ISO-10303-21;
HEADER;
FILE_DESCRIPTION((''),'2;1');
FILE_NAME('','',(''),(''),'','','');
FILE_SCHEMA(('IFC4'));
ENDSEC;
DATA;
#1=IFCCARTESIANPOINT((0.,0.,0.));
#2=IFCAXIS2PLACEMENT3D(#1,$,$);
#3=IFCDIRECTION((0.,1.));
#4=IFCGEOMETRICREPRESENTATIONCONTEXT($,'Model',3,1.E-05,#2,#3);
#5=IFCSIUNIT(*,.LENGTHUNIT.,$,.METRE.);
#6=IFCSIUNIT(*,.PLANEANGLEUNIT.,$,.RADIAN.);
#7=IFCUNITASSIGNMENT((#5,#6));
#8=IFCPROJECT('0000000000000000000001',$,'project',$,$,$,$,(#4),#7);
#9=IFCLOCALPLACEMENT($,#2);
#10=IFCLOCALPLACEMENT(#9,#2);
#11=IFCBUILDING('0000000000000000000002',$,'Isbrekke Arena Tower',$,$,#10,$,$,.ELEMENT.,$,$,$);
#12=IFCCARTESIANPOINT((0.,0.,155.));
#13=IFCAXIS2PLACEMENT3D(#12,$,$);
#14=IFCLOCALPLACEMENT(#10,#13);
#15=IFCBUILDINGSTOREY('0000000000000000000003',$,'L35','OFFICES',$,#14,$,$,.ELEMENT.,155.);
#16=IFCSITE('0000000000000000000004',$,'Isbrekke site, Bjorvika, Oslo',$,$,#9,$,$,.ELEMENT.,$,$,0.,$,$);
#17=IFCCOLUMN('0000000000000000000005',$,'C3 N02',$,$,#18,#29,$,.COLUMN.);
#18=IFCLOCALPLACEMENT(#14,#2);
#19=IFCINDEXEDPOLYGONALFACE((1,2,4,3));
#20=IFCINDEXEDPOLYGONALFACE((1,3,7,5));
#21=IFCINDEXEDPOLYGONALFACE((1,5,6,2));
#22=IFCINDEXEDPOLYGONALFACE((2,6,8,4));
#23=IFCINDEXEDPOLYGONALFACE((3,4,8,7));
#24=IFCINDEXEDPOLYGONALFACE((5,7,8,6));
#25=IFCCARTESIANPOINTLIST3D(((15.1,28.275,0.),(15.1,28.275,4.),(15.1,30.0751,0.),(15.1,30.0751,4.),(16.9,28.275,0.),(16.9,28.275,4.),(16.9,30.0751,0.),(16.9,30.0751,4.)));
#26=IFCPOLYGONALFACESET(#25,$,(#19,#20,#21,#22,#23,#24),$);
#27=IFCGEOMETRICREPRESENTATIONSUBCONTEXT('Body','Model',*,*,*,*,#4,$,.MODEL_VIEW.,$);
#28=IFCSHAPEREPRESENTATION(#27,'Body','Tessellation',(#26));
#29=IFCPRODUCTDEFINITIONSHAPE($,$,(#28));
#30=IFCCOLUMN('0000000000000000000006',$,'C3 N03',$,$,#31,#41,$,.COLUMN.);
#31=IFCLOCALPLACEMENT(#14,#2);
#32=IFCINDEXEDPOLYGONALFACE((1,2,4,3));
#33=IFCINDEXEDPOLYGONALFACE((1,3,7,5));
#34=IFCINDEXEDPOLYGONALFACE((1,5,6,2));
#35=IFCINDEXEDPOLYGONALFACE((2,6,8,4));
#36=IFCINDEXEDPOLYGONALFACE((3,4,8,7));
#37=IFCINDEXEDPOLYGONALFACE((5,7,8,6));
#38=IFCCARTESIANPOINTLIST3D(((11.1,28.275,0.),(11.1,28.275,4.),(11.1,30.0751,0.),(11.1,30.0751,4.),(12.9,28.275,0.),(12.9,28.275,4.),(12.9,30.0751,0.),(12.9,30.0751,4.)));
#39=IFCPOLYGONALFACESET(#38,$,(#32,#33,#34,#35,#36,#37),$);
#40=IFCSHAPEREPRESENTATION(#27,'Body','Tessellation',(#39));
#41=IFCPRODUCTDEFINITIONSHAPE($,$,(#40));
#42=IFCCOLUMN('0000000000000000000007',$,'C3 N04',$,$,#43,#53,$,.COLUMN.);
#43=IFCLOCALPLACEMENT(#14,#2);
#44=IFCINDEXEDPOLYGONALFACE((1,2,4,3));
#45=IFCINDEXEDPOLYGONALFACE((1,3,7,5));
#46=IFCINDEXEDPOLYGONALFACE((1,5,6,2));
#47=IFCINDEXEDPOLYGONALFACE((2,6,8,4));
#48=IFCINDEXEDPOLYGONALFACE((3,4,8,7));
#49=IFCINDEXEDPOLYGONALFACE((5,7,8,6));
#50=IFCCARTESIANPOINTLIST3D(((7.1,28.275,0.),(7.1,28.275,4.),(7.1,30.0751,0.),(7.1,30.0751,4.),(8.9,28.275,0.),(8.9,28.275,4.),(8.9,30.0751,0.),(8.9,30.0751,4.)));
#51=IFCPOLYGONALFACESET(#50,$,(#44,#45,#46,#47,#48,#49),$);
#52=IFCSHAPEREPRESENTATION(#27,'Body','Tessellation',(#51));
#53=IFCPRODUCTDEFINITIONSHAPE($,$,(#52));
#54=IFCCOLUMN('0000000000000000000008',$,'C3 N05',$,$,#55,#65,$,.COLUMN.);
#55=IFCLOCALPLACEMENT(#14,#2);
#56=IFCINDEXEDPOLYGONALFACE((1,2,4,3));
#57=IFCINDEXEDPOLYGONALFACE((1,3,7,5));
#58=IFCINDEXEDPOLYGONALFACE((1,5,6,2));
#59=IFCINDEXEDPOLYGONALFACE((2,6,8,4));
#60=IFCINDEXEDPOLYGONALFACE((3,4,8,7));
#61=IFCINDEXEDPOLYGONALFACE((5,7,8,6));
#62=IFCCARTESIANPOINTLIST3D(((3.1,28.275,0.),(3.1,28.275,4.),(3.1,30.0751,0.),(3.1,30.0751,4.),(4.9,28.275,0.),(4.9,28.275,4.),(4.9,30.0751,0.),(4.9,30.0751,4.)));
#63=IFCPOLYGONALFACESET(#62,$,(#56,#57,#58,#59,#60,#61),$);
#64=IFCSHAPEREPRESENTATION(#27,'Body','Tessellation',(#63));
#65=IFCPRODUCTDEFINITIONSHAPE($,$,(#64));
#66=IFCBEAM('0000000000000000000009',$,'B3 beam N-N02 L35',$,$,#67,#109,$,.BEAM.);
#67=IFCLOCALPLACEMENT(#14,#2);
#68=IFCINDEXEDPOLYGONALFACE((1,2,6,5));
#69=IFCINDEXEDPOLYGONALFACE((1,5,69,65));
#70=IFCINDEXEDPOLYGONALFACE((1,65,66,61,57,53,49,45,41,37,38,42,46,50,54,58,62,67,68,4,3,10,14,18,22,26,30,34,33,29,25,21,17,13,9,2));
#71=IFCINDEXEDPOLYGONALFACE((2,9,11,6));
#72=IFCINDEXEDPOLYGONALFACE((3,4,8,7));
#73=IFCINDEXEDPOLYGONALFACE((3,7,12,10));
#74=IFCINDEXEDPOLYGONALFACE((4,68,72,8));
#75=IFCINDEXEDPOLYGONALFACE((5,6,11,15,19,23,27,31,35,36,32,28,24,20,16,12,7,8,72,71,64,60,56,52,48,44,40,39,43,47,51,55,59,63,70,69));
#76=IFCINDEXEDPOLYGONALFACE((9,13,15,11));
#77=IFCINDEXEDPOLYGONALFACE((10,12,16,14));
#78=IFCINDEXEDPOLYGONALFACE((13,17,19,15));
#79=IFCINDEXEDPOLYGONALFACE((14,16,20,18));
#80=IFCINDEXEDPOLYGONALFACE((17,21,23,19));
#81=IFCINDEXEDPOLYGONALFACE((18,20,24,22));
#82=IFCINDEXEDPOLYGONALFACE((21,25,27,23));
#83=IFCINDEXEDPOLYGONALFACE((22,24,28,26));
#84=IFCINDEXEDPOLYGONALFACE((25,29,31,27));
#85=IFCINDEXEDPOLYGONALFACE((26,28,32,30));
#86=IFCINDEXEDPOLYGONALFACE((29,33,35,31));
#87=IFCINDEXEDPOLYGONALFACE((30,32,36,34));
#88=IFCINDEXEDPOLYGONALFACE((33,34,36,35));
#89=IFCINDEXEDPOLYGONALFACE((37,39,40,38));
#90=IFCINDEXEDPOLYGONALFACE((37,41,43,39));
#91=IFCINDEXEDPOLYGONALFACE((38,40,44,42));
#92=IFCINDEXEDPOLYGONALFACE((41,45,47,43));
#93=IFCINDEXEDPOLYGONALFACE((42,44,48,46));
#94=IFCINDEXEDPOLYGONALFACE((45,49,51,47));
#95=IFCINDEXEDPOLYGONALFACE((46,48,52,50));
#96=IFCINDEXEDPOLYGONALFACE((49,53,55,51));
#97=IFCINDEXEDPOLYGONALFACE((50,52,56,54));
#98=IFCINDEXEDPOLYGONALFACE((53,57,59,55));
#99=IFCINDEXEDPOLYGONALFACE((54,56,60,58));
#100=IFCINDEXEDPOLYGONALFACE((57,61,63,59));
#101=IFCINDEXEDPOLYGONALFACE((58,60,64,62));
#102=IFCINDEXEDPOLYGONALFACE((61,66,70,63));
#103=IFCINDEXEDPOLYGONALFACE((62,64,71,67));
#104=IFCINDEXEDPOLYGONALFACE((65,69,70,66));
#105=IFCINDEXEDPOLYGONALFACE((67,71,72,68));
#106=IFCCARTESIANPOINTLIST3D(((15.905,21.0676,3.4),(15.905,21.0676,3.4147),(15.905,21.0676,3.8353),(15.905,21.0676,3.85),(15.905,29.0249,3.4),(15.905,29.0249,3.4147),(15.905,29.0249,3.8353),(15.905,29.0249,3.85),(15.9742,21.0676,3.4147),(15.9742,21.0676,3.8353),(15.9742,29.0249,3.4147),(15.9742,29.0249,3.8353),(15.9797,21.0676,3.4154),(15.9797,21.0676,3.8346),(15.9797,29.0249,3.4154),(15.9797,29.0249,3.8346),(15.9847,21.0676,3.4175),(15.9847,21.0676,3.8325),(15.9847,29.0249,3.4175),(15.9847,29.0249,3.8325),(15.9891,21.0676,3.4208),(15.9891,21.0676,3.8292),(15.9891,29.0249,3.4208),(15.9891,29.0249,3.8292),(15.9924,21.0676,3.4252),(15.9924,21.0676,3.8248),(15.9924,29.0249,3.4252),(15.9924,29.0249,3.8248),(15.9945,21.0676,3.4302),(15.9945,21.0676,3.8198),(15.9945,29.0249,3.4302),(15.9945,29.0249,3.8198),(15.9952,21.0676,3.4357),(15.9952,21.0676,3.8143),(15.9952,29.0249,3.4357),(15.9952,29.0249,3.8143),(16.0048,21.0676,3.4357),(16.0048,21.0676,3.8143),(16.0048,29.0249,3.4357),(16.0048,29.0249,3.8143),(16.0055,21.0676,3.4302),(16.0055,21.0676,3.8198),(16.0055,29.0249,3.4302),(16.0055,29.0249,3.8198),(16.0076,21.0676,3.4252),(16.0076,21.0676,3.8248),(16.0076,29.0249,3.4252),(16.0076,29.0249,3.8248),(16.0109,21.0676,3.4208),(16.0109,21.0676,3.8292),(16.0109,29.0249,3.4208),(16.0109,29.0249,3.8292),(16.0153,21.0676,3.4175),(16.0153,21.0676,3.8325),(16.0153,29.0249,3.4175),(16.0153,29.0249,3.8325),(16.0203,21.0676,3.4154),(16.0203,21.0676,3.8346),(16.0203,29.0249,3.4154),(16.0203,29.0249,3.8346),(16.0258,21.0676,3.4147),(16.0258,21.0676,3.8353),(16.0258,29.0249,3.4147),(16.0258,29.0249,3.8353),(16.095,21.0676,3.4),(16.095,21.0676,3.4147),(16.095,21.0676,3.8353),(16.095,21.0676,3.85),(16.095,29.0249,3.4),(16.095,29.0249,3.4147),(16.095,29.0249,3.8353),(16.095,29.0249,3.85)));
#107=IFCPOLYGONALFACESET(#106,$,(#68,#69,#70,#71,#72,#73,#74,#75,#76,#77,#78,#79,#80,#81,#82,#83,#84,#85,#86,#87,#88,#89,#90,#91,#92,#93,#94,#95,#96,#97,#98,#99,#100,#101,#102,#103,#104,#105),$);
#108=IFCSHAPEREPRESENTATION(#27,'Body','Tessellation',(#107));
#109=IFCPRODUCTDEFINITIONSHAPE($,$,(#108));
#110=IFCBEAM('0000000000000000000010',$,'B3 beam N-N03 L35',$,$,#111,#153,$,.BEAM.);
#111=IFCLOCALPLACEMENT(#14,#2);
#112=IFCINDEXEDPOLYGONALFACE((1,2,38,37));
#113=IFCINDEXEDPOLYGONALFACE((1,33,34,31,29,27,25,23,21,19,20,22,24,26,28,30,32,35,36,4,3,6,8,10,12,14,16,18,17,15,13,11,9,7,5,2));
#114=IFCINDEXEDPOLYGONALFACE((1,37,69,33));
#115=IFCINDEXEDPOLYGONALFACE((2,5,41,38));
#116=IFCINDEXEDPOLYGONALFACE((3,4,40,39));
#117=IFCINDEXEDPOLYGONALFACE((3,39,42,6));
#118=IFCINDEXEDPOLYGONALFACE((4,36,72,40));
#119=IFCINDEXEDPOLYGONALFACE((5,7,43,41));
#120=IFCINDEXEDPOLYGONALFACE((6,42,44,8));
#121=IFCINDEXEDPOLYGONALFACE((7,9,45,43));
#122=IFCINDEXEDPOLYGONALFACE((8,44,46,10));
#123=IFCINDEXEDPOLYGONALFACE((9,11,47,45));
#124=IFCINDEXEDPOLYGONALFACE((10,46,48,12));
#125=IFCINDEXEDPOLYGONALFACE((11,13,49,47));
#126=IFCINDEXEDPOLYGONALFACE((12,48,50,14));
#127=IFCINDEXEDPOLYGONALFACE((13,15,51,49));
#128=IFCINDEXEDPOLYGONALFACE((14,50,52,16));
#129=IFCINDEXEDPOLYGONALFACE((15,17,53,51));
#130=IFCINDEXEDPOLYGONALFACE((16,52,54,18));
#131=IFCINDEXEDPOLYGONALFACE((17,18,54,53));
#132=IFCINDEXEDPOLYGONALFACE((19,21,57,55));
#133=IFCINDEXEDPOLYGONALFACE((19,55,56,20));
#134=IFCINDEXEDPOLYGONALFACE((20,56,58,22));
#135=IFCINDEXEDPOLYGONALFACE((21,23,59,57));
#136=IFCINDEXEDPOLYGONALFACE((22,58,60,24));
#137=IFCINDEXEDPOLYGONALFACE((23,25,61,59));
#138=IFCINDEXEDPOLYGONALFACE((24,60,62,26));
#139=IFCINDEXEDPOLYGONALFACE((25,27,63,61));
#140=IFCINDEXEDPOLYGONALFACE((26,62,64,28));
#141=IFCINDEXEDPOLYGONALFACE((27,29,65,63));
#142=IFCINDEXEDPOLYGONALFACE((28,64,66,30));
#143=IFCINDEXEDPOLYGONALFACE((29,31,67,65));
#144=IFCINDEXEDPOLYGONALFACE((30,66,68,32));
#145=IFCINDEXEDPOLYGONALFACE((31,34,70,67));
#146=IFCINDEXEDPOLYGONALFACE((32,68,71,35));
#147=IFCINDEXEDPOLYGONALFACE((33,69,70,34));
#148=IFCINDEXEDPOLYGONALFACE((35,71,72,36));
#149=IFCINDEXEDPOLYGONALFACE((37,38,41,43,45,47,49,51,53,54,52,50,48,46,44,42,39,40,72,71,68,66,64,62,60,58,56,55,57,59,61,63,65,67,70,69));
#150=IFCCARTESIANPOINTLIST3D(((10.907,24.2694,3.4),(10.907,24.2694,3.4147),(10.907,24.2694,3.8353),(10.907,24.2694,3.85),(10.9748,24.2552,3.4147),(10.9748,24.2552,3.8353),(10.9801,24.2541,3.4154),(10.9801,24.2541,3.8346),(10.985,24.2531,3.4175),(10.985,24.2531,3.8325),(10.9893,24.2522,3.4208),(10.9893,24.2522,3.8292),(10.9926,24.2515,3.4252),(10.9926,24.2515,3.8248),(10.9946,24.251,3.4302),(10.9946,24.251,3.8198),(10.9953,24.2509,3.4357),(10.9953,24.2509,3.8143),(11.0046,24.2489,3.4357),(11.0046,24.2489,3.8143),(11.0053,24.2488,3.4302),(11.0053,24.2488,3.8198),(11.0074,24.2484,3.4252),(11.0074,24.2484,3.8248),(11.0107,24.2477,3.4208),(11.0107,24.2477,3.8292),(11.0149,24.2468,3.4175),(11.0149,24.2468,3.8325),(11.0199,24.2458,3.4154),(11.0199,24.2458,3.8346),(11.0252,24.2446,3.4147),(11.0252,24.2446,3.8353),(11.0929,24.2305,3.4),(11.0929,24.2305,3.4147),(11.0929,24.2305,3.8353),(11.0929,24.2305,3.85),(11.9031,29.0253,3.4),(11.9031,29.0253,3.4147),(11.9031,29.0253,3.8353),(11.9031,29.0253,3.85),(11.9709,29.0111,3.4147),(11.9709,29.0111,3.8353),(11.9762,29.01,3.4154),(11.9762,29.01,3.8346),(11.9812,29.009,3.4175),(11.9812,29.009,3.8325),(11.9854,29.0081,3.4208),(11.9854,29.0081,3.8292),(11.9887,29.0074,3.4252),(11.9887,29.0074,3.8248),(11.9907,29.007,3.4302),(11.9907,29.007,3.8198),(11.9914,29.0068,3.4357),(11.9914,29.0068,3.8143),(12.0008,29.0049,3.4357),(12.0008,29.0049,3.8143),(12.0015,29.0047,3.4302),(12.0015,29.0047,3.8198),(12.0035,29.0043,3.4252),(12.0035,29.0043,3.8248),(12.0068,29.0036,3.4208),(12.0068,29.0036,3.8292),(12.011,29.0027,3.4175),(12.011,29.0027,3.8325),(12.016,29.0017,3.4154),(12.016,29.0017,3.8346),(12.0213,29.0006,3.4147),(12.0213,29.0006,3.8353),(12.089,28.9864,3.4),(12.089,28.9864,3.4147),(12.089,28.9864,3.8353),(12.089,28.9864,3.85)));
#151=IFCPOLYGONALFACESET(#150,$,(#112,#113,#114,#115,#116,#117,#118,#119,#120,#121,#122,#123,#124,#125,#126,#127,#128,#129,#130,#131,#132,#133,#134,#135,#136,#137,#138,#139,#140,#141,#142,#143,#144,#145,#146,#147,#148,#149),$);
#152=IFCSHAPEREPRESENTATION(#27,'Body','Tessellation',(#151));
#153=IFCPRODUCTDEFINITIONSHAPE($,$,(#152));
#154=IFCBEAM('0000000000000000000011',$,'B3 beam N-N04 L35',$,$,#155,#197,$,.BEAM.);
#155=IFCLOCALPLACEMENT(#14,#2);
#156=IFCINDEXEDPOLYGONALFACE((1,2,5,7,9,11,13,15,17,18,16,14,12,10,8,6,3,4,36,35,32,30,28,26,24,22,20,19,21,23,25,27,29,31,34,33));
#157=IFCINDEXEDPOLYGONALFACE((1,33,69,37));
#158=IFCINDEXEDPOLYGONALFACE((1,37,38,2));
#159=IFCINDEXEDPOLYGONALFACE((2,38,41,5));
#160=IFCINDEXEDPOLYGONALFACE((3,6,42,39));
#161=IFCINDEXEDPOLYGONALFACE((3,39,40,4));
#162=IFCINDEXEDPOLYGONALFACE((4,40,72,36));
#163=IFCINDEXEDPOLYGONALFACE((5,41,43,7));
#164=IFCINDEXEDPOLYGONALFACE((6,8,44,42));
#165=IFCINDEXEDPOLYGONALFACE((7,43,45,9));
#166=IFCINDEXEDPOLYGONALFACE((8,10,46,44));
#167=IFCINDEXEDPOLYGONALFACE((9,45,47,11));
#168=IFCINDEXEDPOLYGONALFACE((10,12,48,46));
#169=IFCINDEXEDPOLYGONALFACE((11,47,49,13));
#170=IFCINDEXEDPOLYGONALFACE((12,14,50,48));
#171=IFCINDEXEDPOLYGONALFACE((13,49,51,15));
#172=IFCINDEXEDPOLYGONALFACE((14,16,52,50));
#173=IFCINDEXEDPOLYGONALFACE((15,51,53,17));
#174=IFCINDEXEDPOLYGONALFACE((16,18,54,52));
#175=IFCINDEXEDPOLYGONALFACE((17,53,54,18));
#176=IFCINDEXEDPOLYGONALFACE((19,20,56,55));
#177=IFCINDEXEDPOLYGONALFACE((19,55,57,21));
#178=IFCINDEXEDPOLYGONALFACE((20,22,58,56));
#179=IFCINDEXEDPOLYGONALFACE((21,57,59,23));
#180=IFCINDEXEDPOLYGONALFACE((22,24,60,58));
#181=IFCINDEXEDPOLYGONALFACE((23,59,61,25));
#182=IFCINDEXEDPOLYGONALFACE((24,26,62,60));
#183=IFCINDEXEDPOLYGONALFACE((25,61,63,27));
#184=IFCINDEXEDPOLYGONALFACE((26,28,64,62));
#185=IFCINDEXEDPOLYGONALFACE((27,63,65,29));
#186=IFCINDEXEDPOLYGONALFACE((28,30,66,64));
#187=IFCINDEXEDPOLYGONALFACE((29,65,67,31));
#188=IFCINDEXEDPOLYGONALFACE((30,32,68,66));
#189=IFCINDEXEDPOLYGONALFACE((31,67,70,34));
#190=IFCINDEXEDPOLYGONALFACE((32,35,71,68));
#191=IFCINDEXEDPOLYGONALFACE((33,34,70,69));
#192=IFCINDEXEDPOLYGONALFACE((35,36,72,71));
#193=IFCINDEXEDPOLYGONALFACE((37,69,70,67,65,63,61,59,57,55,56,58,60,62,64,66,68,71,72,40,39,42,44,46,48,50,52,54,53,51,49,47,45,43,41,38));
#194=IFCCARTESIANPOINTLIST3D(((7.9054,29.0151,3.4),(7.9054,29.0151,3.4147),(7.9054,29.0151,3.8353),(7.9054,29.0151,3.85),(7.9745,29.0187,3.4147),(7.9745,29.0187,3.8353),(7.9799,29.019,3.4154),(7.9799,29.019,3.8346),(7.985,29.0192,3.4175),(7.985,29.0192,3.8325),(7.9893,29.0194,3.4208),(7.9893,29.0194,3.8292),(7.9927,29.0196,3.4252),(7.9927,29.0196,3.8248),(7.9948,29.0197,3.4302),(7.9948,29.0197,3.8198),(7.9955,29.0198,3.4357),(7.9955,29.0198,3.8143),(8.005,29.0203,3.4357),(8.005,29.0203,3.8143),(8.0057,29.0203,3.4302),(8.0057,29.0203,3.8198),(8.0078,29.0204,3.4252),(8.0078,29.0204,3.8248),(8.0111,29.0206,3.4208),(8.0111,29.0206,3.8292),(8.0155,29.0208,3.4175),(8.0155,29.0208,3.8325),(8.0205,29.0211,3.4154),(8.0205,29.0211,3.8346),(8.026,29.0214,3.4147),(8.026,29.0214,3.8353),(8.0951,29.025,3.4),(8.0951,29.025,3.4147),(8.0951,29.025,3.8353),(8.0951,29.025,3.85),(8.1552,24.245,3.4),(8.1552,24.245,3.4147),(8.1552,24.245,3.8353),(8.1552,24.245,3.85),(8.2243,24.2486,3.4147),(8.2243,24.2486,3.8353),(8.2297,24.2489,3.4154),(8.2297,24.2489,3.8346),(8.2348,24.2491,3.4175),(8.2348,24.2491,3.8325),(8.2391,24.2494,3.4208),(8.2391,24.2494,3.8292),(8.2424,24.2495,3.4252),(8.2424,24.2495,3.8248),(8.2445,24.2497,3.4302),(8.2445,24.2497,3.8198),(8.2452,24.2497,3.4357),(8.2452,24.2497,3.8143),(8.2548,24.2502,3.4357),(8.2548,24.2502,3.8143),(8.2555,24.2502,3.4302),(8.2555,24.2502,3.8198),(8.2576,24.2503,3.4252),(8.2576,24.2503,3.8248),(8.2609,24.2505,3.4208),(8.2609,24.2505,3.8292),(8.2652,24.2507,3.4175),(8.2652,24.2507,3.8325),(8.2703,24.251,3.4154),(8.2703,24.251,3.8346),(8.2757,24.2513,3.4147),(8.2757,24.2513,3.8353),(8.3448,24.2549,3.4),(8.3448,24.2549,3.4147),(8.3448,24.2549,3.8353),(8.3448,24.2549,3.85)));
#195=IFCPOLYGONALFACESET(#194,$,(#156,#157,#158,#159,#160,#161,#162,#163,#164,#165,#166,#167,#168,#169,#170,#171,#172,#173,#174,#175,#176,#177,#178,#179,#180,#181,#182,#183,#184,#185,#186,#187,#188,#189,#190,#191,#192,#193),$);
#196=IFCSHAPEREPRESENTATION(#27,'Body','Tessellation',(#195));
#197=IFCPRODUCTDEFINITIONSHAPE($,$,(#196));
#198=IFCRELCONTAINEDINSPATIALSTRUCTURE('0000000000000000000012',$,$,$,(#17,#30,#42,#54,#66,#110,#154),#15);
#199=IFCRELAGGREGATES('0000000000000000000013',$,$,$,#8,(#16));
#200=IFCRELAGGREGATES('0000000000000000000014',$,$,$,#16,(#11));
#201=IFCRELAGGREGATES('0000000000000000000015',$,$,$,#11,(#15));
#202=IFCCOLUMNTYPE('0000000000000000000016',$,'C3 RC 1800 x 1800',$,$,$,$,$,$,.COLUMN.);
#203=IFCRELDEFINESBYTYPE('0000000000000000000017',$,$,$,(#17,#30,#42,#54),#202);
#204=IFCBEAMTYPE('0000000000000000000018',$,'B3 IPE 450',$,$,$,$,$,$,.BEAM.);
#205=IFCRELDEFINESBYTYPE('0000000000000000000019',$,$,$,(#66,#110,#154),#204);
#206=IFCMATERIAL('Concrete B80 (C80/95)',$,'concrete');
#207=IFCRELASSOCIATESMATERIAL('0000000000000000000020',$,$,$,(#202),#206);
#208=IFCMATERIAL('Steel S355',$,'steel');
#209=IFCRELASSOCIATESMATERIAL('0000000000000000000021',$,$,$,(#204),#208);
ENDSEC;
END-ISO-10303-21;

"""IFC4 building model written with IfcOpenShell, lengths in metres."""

from ifc_helpers import new_model, si_unit, direction, frame, origin, origin_2d, place, context, subcontext, project, spatial, rectangle, i_section, extrude, material, material_profile, profile_set, type_object, element, save


model = new_model("IFC4")

# Units and contexts
model_context = context("Model", 3, precision=1e-05, world=origin(), true_north=direction((0.0, 1.0)))
body_context = subcontext(model_context, "Body", "Model", "MODEL_VIEW")
ifc_project = project(units=[si_unit("LENGTHUNIT", "METRE"), si_unit("PLANEANGLEUNIT", "RADIAN")], contexts=[model_context])

# Site, building, storey
site_placement = place(None, origin())
site = spatial("IfcSite", under=ifc_project, at=site_placement, Name="Isbrekke site, Bjorvika, Oslo", CompositionType="ELEMENT", RefElevation=0.0)
building_placement = place(site_placement, origin())
building = spatial("IfcBuilding", under=site, at=building_placement, Name="Isbrekke Arena Tower", CompositionType="ELEMENT")
storey_placement = place(building_placement, frame((0.0, 0.0, 155.0)))
storey = spatial("IfcBuildingStorey", under=building, at=storey_placement, Name="L35", Description="OFFICES", CompositionType="ELEMENT", Elevation=155.0)

# Columns
ifc_material_1 = material(Name="Concrete B80 (C80/95)", Category="concrete")
ifc_material_profile_1 = material_profile(ifc_material_1, rectangle(XDim=1.8, YDim=1.8, at=origin_2d()), Name="RC 1800x1800")
ifc_profile_set_1 = profile_set([ifc_material_profile_1], Name="Concrete B80 (C80/95)")
column_type = type_object("IfcColumnType", Name="C3 RC 1800 x 1800", PredefinedType="COLUMN", material=ifc_profile_set_1)
for number, where, z_axis, x_axis, name in (
    (1, (16.0, 29.175, 0.0), (0.0, 0.0, 1.0), (-1.0, 0.0, 0.0), "C3 N02"),
    (2, (12.0, 29.175, 0.0), (0.0, 0.0, 1.0), (-1.0, 0.0, 0.0), "C3 N03"),
    (3, (8.0, 29.175, 0.0), (0.0, 0.0, 1.0), (-1.0, 0.0, 0.0), "C3 N04"),
    (4, (4.0, 29.175, 0.0), (0.0, 0.0, 1.0), (-1.0, 0.0, 0.0), "C3 N05"),
):
    element("IfcColumn", number, at=place(storey_placement, frame(where, z_axis=z_axis, x_axis=x_axis)), inside=storey, type_object=column_type, Name=name, PredefinedType="COLUMN", context=body_context, shape_type="SweptSolid", body=[
        extrude(rectangle(XDim=1.8, YDim=1.8, at=origin_2d()), origin(), (0.0, 0.0, 1.0), 4.0),
    ])

# Beams
ifc_material_2 = material(Name="Steel S355", Category="steel")
ifc_material_profile_2 = material_profile(ifc_material_2, i_section(OverallWidth=0.1899, OverallDepth=0.45, WebThickness=0.0095, FlangeThickness=0.0146, FilletRadius=0.021, at=origin_2d()), Name="IPE 450")
ifc_profile_set_2 = profile_set([ifc_material_profile_2], Name="Steel S355")
beam_type_1 = type_object("IfcBeamType", Name="B3 IPE 450", PredefinedType="BEAM", material=ifc_profile_set_2)
beam_1_placement = place(storey_placement, frame((16.0, 29.0249, 3.625), z_axis=(0.0, -1.0, 0.0), x_axis=(1.0, 0.0, 0.0)))
element("IfcBeam", 5, at=beam_1_placement, inside=storey, type_object=beam_type_1, Name="B3 beam N-N02 L35", PredefinedType="BEAM", context=body_context, shape_type="SweptSolid", body=[
    extrude(i_section(OverallWidth=0.1899, OverallDepth=0.45, WebThickness=0.0095, FlangeThickness=0.0146, FilletRadius=0.021, at=origin_2d()), origin(), (0.0, 0.0, 1.0), 7.9573),
])
beam_2_placement = place(storey_placement, frame((11.9961, 29.0059, 3.625), z_axis=(-0.204997, -0.978762, 0.0), x_axis=(0.978762, -0.204997, 0.0)))
element("IfcBeam", 6, at=beam_2_placement, inside=storey, type_object=beam_type_1, Name="B3 beam N-N03 L35", PredefinedType="BEAM", context=body_context, shape_type="SweptSolid", body=[
    extrude(i_section(OverallWidth=0.1899, OverallDepth=0.45, WebThickness=0.0095, FlangeThickness=0.0146, FilletRadius=0.021, at=origin_2d()), origin(), (0.0, 0.0, 1.0), 4.8591),
])
beam_3_placement = place(storey_placement, frame((8.0002, 29.02, 3.625), z_axis=(0.052288, -0.998632, 0.0), x_axis=(0.998632, 0.052288, 0.0)))
element("IfcBeam", 7, at=beam_3_placement, inside=storey, type_object=beam_type_1, Name="B3 beam N-N04 L35", PredefinedType="BEAM", context=body_context, shape_type="SweptSolid", body=[
    extrude(i_section(OverallWidth=0.1899, OverallDepth=0.45, WebThickness=0.0095, FlangeThickness=0.0146, FilletRadius=0.021, at=origin_2d()), origin(), (0.0, 0.0, 1.0), 4.7766),
])

save(model, "model.ifc")
